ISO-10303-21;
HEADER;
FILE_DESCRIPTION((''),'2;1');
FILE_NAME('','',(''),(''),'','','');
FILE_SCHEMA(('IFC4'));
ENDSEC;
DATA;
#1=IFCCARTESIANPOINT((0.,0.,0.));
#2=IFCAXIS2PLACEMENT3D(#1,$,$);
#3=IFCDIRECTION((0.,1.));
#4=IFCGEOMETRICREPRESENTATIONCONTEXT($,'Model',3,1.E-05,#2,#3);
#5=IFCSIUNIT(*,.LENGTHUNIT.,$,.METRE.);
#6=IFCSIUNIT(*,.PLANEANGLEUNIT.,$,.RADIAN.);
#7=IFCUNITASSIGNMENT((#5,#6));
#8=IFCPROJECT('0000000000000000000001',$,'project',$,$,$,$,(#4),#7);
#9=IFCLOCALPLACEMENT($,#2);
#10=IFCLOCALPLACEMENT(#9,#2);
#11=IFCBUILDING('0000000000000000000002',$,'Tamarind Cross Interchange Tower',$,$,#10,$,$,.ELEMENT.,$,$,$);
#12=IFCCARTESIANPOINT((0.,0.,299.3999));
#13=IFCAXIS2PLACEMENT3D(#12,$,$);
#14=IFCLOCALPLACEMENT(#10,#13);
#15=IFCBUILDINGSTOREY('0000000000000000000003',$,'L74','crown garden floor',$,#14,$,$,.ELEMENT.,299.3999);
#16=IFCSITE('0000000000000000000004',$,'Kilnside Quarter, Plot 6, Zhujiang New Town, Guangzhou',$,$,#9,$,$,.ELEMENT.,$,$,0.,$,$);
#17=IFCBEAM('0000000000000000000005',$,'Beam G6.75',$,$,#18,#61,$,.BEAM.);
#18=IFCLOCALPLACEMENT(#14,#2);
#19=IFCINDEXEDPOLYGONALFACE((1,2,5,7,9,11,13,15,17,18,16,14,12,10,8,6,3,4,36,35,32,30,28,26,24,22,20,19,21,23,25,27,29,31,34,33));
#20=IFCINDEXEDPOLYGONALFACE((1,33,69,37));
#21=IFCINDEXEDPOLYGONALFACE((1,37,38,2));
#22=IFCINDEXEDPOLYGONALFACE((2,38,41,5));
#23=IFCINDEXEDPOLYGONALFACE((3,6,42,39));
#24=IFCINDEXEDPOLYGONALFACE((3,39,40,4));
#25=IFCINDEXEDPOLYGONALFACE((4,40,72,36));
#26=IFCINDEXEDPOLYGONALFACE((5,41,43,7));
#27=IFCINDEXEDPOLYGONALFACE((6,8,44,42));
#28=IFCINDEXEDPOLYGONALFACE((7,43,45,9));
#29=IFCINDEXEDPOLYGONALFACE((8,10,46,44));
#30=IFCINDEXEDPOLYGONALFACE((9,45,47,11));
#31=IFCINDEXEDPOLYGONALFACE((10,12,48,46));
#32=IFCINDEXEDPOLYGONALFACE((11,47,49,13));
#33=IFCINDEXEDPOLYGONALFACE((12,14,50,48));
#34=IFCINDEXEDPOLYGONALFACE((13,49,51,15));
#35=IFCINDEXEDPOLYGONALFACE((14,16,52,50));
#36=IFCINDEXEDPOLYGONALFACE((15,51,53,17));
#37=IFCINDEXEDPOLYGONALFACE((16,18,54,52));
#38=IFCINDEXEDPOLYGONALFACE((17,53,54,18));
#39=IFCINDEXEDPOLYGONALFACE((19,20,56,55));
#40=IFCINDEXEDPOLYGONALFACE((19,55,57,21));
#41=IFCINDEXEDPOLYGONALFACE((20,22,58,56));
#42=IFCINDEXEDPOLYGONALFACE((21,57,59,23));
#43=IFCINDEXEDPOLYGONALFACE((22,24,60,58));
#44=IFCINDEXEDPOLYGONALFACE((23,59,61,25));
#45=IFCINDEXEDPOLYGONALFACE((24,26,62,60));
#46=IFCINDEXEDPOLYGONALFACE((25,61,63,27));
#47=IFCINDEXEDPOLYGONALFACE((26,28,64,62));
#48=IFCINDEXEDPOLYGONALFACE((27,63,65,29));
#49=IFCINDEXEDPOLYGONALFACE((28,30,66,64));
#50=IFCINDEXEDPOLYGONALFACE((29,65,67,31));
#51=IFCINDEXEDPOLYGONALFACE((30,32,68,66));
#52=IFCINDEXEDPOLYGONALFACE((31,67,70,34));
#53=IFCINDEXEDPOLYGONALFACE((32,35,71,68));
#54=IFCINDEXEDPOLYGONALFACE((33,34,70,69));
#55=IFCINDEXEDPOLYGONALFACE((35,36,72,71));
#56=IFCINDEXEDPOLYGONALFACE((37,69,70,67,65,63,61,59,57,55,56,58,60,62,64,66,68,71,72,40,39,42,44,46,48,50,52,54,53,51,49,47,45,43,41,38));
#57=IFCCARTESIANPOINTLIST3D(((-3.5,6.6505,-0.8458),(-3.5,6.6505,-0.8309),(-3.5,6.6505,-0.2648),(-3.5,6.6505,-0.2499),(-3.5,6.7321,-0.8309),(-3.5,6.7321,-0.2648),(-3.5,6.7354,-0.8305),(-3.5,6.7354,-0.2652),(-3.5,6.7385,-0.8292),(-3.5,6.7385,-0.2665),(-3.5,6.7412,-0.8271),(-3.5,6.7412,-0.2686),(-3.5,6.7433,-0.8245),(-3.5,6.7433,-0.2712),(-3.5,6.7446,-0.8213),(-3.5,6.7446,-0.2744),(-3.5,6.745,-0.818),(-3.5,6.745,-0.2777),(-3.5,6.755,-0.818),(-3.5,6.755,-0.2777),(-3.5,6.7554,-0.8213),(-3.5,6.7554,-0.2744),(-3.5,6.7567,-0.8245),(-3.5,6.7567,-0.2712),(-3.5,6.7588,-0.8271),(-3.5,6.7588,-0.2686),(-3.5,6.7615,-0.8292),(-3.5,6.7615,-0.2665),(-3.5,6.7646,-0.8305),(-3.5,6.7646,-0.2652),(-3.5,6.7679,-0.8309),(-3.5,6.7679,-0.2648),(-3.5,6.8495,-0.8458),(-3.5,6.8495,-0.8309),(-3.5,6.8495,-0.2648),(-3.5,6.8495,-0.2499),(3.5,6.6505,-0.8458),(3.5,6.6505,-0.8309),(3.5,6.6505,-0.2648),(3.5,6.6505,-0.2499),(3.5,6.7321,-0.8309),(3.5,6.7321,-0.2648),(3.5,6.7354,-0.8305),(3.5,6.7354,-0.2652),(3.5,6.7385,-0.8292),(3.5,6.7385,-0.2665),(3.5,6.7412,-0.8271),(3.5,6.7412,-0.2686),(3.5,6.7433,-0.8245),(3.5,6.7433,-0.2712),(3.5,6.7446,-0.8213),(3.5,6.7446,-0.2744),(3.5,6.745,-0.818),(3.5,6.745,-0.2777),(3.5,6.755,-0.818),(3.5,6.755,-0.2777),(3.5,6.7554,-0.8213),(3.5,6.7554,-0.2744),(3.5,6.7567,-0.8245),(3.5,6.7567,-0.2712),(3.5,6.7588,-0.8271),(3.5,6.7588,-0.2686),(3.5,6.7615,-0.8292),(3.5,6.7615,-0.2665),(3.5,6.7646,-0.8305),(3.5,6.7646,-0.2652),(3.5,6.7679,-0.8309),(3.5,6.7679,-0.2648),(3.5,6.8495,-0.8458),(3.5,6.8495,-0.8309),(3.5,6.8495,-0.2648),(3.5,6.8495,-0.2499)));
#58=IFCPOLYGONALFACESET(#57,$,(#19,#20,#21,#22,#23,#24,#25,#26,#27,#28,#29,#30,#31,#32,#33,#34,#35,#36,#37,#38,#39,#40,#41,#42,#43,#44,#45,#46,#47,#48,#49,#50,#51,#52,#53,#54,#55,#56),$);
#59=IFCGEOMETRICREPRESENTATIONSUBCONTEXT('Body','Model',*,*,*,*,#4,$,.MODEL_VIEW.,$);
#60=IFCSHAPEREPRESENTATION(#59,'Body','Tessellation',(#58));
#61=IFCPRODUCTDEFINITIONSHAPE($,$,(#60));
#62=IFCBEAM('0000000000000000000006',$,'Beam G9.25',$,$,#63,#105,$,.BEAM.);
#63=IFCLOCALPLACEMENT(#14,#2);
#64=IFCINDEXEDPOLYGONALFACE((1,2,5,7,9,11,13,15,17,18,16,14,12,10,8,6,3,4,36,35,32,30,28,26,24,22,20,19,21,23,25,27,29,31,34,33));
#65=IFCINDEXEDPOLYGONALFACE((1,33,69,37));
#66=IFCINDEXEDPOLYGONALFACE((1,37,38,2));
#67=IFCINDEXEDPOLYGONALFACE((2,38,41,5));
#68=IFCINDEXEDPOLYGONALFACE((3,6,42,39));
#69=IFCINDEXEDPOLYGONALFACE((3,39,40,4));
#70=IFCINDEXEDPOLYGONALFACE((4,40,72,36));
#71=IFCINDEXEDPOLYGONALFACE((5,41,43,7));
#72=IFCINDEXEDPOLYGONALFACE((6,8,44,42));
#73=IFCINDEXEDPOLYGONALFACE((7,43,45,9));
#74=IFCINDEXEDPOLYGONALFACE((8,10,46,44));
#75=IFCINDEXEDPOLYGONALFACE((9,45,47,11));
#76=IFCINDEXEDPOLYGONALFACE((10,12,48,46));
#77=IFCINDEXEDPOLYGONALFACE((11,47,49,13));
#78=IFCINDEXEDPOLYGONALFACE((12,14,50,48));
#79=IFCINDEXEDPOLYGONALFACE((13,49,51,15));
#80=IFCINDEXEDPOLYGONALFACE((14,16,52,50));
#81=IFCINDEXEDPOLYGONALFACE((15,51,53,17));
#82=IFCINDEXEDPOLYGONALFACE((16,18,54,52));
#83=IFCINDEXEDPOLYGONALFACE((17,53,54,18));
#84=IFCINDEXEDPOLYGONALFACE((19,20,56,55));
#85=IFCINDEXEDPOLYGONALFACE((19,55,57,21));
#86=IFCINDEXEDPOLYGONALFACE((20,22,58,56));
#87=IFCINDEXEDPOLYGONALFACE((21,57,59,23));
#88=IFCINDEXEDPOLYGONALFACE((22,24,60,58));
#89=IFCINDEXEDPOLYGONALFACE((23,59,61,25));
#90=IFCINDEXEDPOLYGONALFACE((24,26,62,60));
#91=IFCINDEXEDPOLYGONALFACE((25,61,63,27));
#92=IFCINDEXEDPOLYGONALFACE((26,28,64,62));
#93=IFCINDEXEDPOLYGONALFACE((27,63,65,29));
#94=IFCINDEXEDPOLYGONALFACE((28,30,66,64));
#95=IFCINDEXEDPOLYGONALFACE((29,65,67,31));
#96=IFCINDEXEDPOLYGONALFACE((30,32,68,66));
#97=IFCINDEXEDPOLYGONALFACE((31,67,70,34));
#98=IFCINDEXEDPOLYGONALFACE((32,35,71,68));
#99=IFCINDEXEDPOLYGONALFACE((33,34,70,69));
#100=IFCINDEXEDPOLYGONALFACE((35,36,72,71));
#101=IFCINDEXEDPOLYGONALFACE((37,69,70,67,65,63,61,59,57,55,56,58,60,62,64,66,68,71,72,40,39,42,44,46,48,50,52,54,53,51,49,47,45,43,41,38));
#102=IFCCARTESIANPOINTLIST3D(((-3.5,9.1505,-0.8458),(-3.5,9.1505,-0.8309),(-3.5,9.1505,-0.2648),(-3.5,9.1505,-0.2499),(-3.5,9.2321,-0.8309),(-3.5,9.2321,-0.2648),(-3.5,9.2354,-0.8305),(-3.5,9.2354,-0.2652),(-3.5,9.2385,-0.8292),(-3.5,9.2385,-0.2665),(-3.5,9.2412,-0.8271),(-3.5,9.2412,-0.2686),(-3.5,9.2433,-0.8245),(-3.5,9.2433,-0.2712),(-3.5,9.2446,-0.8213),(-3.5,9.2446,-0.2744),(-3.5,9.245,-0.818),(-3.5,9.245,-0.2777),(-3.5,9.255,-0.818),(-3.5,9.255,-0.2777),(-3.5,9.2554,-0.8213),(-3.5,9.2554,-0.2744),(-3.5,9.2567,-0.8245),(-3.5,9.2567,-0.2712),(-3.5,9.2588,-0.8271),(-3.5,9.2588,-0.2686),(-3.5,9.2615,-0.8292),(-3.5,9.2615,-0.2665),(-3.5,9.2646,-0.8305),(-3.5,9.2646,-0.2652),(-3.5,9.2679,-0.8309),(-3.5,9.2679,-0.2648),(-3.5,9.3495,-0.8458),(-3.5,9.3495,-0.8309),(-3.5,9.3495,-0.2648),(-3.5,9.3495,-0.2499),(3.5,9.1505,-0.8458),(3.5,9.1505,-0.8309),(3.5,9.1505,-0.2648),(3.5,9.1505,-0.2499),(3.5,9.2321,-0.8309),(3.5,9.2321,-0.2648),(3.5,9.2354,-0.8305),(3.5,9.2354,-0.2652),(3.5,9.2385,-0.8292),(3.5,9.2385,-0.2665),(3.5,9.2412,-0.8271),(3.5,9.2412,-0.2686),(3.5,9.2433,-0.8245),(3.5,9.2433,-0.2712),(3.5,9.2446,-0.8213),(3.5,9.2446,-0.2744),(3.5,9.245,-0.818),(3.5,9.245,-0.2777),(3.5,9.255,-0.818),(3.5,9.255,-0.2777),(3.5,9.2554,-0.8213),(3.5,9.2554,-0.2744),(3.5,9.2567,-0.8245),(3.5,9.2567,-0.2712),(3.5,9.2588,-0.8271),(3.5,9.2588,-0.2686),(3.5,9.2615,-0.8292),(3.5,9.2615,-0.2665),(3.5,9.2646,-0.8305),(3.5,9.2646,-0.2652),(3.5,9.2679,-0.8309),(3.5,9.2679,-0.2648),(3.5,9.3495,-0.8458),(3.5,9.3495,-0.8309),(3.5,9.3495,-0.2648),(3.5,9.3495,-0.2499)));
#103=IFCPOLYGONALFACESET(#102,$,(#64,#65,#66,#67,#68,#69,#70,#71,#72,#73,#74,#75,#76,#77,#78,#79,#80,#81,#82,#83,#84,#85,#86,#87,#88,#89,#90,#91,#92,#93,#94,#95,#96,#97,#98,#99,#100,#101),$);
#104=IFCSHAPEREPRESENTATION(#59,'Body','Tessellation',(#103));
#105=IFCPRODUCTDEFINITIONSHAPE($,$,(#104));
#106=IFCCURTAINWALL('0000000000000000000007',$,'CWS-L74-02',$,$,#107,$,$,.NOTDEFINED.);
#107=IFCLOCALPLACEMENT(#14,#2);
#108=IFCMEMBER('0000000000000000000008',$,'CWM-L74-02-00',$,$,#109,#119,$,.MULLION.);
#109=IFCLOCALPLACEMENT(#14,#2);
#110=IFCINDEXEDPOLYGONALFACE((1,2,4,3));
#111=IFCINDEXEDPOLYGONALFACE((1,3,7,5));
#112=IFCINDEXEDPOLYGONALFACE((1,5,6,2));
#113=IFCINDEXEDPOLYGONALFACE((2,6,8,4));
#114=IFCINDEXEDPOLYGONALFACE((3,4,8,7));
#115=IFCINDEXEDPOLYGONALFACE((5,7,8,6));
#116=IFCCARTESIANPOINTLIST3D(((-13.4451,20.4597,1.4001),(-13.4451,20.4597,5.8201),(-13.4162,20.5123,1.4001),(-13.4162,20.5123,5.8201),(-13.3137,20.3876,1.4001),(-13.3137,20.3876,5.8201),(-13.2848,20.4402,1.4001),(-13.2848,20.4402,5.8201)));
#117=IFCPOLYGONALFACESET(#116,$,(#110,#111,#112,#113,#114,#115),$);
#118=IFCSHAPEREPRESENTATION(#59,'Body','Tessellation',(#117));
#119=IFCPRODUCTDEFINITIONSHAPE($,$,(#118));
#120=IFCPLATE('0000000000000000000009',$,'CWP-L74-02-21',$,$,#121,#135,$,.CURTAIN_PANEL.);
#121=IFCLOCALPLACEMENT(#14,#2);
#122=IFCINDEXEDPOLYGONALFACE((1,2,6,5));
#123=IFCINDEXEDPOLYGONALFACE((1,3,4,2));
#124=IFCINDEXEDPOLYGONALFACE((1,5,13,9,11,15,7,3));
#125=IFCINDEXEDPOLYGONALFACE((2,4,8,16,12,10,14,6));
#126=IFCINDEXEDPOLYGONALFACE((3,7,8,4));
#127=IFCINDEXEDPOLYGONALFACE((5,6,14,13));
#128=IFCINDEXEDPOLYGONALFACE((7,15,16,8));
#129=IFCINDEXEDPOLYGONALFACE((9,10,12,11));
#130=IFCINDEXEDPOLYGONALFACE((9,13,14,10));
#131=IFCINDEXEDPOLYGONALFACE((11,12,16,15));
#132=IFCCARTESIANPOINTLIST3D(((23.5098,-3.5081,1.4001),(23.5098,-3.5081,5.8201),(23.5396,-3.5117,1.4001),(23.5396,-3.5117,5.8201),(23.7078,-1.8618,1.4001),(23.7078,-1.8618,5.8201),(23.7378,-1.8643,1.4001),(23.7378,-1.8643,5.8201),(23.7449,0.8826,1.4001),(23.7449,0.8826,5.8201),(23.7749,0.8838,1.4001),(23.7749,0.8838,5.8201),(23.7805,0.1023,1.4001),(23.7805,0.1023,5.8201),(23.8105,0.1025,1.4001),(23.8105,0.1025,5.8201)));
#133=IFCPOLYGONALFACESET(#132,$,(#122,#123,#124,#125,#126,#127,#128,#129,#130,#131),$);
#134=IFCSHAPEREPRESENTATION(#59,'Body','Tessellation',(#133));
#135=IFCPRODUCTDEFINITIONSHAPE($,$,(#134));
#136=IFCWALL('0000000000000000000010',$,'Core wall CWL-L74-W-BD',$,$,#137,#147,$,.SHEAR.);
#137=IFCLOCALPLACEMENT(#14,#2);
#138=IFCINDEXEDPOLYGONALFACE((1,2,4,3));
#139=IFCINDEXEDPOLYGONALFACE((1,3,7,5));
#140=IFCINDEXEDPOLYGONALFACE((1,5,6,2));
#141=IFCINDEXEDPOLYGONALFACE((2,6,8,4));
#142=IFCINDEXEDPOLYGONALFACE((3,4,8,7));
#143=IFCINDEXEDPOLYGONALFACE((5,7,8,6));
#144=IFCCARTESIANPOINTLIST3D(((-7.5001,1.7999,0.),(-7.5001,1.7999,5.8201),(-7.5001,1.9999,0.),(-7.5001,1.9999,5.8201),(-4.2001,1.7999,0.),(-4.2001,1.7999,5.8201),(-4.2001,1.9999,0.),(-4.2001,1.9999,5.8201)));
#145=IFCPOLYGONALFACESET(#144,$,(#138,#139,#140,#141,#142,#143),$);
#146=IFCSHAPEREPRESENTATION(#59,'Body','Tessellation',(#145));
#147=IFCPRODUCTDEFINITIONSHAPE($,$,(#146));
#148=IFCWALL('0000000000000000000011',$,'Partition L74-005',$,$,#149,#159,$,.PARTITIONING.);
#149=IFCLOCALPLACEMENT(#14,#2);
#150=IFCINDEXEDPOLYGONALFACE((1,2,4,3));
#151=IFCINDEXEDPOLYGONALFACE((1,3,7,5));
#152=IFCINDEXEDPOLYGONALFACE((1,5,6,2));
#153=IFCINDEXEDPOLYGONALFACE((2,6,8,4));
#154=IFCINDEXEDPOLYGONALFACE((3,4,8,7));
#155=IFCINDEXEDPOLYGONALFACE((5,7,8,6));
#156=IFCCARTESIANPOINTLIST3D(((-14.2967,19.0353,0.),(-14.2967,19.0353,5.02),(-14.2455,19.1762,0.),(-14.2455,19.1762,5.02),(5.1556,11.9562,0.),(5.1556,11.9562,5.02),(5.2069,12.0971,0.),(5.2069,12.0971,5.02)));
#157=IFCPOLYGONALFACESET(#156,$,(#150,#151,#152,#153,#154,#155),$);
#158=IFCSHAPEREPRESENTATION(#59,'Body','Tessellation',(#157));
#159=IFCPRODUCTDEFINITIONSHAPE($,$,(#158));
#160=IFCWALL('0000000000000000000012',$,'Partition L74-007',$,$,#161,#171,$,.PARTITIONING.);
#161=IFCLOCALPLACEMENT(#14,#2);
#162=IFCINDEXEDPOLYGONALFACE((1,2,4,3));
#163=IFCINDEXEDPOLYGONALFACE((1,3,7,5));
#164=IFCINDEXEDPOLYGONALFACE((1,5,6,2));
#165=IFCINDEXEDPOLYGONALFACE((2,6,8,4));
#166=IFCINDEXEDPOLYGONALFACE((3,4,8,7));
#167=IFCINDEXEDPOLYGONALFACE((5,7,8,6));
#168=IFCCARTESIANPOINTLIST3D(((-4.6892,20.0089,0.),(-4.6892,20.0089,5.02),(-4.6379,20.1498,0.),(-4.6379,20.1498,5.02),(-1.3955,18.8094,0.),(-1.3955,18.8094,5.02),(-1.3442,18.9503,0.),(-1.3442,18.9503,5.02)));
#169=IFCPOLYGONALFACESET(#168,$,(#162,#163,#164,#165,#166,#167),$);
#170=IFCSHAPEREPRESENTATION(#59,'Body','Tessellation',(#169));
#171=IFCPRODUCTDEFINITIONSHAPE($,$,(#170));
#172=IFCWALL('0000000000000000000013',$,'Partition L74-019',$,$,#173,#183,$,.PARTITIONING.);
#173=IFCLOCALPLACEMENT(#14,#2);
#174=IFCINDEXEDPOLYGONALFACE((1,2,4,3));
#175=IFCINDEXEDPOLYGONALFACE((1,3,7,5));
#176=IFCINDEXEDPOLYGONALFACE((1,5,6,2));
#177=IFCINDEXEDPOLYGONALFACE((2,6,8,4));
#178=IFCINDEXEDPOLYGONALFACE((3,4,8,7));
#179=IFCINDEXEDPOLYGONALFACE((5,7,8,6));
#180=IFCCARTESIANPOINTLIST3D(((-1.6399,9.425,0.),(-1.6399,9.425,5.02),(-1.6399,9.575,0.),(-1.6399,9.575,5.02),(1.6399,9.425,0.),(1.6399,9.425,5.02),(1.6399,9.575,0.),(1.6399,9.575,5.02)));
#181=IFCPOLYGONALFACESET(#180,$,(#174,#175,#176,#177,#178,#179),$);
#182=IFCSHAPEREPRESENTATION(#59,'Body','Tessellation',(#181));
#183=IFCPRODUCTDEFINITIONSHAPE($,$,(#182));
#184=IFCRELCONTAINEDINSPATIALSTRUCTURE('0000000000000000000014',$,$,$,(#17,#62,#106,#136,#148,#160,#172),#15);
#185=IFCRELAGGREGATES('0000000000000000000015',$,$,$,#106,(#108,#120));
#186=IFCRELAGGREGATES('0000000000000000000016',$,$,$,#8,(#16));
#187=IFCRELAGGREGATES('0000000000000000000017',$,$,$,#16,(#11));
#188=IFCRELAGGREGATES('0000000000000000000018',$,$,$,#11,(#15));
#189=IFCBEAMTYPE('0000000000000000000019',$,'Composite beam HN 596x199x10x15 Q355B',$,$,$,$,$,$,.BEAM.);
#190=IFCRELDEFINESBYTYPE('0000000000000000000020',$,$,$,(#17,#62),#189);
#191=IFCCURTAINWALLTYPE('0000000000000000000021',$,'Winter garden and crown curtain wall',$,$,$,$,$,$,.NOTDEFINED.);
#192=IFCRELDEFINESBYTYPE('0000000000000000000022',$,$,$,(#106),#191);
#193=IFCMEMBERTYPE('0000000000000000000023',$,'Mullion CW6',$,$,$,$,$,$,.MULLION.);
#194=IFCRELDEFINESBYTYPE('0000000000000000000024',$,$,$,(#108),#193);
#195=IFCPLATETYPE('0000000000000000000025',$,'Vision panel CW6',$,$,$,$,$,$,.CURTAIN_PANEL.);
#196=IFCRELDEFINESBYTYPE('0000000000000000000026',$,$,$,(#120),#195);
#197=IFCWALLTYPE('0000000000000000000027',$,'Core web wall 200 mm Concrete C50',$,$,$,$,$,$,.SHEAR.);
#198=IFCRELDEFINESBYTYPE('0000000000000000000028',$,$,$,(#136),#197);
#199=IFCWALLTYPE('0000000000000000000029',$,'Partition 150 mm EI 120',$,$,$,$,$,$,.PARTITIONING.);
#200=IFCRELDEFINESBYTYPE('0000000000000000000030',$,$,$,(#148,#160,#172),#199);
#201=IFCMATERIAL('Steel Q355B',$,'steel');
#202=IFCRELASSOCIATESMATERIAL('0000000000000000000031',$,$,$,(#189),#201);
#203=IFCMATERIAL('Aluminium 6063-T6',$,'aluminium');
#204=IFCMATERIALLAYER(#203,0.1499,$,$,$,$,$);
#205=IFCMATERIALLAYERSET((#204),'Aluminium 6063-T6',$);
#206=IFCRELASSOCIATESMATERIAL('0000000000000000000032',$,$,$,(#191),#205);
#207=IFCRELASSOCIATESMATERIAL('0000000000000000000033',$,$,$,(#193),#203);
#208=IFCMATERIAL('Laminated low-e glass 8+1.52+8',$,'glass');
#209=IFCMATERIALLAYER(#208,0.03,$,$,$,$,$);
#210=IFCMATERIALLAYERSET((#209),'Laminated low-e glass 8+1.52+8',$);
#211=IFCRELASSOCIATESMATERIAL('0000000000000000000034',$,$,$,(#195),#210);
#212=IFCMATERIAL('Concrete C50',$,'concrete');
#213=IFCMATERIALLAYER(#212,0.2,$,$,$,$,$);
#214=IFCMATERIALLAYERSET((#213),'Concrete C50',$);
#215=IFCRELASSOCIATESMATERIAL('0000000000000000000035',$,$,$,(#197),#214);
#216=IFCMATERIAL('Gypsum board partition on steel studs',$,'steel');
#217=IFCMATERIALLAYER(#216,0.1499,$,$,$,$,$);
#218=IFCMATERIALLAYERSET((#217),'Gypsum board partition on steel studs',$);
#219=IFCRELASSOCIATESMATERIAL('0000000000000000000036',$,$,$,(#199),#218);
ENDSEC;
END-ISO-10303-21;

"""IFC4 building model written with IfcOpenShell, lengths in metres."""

from ifc_helpers import new_model, si_unit, direction, frame, frame_2d, origin, origin_2d, place, context, subcontext, project, spatial, polyline, rectangle, i_section, outline, extrude, material, layer, layer_set, material_profile, profile_set, type_object, element, aggregate, save


model = new_model("IFC4")

# Units and contexts
model_context = context("Model", 3, precision=1e-05, world=origin(), true_north=direction((0.0, 1.0)))
body_context = subcontext(model_context, "Body", "Model", "MODEL_VIEW")
ifc_project = project(units=[si_unit("LENGTHUNIT", "METRE"), si_unit("PLANEANGLEUNIT", "RADIAN")], contexts=[model_context])

# Site, building, storey
site_placement = place(None, origin())
site = spatial("IfcSite", under=ifc_project, at=site_placement, Name="Kilnside Quarter, Plot 6, Zhujiang New Town, Guangzhou", CompositionType="ELEMENT", RefElevation=0.0)
building_placement = place(site_placement, origin())
building = spatial("IfcBuilding", under=site, at=building_placement, Name="Tamarind Cross Interchange Tower", CompositionType="ELEMENT")
storey_placement = place(building_placement, frame((0.0, 0.0, 299.3999)))
storey = spatial("IfcBuildingStorey", under=building, at=storey_placement, Name="L74", Description="crown garden floor", CompositionType="ELEMENT", Elevation=299.3999)

# Beams
ifc_material_1 = material(Name="Steel Q355B", Category="steel")
ifc_material_profile_1 = material_profile(ifc_material_1, i_section(OverallWidth=0.199, OverallDepth=0.5959, WebThickness=0.01, FlangeThickness=0.0149, FilletRadius=0.0129, at=origin_2d()), Name="HN 596x199x10x15")
ifc_profile_set_1 = profile_set([ifc_material_profile_1], Name="Steel Q355B")
beam_type_1 = type_object("IfcBeamType", Name="Composite beam HN 596x199x10x15 Q355B", PredefinedType="BEAM", material=ifc_profile_set_1)
for number, where, z_axis, x_axis, name in (
    (1, (-3.5, 6.75, -0.5479), (1.0, 0.0, 0.0), (0.0, 1.0, 0.0), "Beam G6.75"),
    (2, (-3.5, 9.25, -0.5479), (1.0, 0.0, 0.0), (0.0, 1.0, 0.0), "Beam G9.25"),
):
    element("IfcBeam", number, at=place(storey_placement, frame(where, z_axis=z_axis, x_axis=x_axis)), inside=storey, type_object=beam_type_1, Name=name, PredefinedType="BEAM", context=body_context, shape_type="SweptSolid", body=[
        extrude(i_section(OverallWidth=0.199, OverallDepth=0.5959, WebThickness=0.01, FlangeThickness=0.0149, FilletRadius=0.0129, at=origin_2d()), origin(), (0.0, 0.0, 1.0), 7.0),
    ])

# Curtain wall, member, plate
ifc_material_2 = material(Name="Aluminium 6063-T6", Category="aluminium")
ifc_layer_1 = layer(ifc_material_2, 0.1499)
ifc_layer_set_1 = layer_set([ifc_layer_1], Name="Aluminium 6063-T6")
curtain_wall_type = type_object("IfcCurtainWallType", Name="Winter garden and crown curtain wall", PredefinedType="NOTDEFINED", material=ifc_layer_set_1)
curtain_wall_placement = place(storey_placement, origin())
curtain_wall = element("IfcCurtainWall", 3, at=curtain_wall_placement, inside=storey, type_object=curtain_wall_type, Name="CWS-L74-02", PredefinedType="NOTDEFINED")
ifc_material_profile_2 = material_profile(ifc_material_2, rectangle(XDim=0.0601, YDim=0.1499, at=origin_2d()), Name="Mullion CW6")
ifc_profile_set_2 = profile_set([ifc_material_profile_2], Name="Aluminium 6063-T6")
member_type = type_object("IfcMemberType", Name="Mullion CW6", PredefinedType="MULLION", material=ifc_profile_set_2)
member_placement = place(storey_placement, frame((-13.365, 20.45, 1.4001), z_axis=(0.0, 0.0, 1.0), x_axis=(-0.481322, -0.876544, 0.0)))
member = element("IfcMember", 4, at=member_placement, type_object=member_type, Name="CWM-L74-02-00", PredefinedType="MULLION", context=body_context, shape_type="SweptSolid", body=[
    extrude(rectangle(XDim=0.0601, YDim=0.1499, at=origin_2d()), origin(), (0.0, 0.0, 1.0), 4.4199),
])
ifc_material_3 = material(Name="Laminated low-e glass 8+1.52+8", Category="glass")
ifc_layer_2 = layer(ifc_material_3, 0.03)
ifc_layer_set_2 = layer_set([ifc_layer_2], Name="Laminated low-e glass 8+1.52+8")
plate_type = type_object("IfcPlateType", Name="Vision panel CW6", PredefinedType="CURTAIN_PANEL", material=ifc_layer_set_2)
plate_placement = place(storey_placement, frame((0.0, 0.0, 1.4001)))
plate = element("IfcPlate", 5, at=plate_placement, type_object=plate_type, Name="CWP-L74-02-21", PredefinedType="CURTAIN_PANEL", context=body_context, shape_type="SweptSolid", body=[
    extrude(outline(polyline([(23.5098, -3.5081), (23.7078, -1.8618), (23.7805, 0.1023), (23.7449, 0.8826), (23.7749, 0.8838), (23.8105, 0.1025), (23.7378, -1.8643), (23.5396, -3.5117), (23.5098, -3.5081)])), origin(), (0.0, 0.0, 1.0), 4.4199),
])
aggregate(curtain_wall, [member, plate])

# Walls
ifc_material_4 = material(Name="Concrete C50", Category="concrete")
ifc_layer_3 = layer(ifc_material_4, 0.2)
ifc_layer_set_3 = layer_set([ifc_layer_3], Name="Concrete C50")
wall_type_1 = type_object("IfcWallType", Name="Core web wall 200 mm Concrete C50", PredefinedType="SHEAR", material=ifc_layer_set_3)
wall_1_placement = place(storey_placement, frame((-7.5, 1.8999, 0.0), z_axis=(0.0, 0.0, 1.0), x_axis=(1.0, 0.0, 0.0)))
element("IfcWall", 6, at=wall_1_placement, inside=storey, type_object=wall_type_1, Name="Core wall CWL-L74-W-BD", PredefinedType="SHEAR", context=body_context, shape_type="SweptSolid", body=[
    extrude(rectangle(XDim=3.3, YDim=0.2, at=frame_2d((1.6499, 0.0))), origin(), (0.0, 0.0, 1.0), 5.8201),
])
ifc_material_5 = material(Name="Gypsum board partition on steel studs", Category="steel")
ifc_layer_4 = layer(ifc_material_5, 0.1499)
ifc_layer_set_4 = layer_set([ifc_layer_4], Name="Gypsum board partition on steel studs")
wall_type_2 = type_object("IfcWallType", Name="Partition 150 mm EI 120", PredefinedType="PARTITIONING", material=ifc_layer_set_4)
wall_2_placement = place(storey_placement, frame((-14.271, 19.1057, 0.0), z_axis=(0.0, 0.0, 1.0), x_axis=(0.939708, -0.341978, 0.0)))
element("IfcWall", 7, at=wall_2_placement, inside=storey, type_object=wall_type_2, Name="Partition L74-005", PredefinedType="PARTITIONING", context=body_context, shape_type="SweptSolid", body=[
    extrude(rectangle(XDim=20.7004, YDim=0.1499, at=frame_2d((10.3501, 0.0))), origin(), (0.0, 0.0, 1.0), 5.02),
])
wall_3_placement = place(storey_placement, frame((-4.6636, 20.0793, 0.0), z_axis=(0.0, 0.0, 1.0), x_axis=(0.939633, -0.342185, 0.0)))
element("IfcWall", 8, at=wall_3_placement, inside=storey, type_object=wall_type_2, Name="Partition L74-007", PredefinedType="PARTITIONING", context=body_context, shape_type="SweptSolid", body=[
    extrude(rectangle(XDim=3.5054, YDim=0.1499, at=frame_2d((1.7527, 0.0))), origin(), (0.0, 0.0, 1.0), 5.02),
])
wall_4_placement = place(storey_placement, frame((-1.6399, 9.5, 0.0), z_axis=(0.0, 0.0, 1.0), x_axis=(1.0, 0.0, 0.0)))
element("IfcWall", 9, at=wall_4_placement, inside=storey, type_object=wall_type_2, Name="Partition L74-019", PredefinedType="PARTITIONING", context=body_context, shape_type="SweptSolid", body=[
    extrude(rectangle(XDim=3.2798, YDim=0.1499, at=frame_2d((1.6399, 0.0))), origin(), (0.0, 0.0, 1.0), 5.02),
])

save(model, "model.ifc")
